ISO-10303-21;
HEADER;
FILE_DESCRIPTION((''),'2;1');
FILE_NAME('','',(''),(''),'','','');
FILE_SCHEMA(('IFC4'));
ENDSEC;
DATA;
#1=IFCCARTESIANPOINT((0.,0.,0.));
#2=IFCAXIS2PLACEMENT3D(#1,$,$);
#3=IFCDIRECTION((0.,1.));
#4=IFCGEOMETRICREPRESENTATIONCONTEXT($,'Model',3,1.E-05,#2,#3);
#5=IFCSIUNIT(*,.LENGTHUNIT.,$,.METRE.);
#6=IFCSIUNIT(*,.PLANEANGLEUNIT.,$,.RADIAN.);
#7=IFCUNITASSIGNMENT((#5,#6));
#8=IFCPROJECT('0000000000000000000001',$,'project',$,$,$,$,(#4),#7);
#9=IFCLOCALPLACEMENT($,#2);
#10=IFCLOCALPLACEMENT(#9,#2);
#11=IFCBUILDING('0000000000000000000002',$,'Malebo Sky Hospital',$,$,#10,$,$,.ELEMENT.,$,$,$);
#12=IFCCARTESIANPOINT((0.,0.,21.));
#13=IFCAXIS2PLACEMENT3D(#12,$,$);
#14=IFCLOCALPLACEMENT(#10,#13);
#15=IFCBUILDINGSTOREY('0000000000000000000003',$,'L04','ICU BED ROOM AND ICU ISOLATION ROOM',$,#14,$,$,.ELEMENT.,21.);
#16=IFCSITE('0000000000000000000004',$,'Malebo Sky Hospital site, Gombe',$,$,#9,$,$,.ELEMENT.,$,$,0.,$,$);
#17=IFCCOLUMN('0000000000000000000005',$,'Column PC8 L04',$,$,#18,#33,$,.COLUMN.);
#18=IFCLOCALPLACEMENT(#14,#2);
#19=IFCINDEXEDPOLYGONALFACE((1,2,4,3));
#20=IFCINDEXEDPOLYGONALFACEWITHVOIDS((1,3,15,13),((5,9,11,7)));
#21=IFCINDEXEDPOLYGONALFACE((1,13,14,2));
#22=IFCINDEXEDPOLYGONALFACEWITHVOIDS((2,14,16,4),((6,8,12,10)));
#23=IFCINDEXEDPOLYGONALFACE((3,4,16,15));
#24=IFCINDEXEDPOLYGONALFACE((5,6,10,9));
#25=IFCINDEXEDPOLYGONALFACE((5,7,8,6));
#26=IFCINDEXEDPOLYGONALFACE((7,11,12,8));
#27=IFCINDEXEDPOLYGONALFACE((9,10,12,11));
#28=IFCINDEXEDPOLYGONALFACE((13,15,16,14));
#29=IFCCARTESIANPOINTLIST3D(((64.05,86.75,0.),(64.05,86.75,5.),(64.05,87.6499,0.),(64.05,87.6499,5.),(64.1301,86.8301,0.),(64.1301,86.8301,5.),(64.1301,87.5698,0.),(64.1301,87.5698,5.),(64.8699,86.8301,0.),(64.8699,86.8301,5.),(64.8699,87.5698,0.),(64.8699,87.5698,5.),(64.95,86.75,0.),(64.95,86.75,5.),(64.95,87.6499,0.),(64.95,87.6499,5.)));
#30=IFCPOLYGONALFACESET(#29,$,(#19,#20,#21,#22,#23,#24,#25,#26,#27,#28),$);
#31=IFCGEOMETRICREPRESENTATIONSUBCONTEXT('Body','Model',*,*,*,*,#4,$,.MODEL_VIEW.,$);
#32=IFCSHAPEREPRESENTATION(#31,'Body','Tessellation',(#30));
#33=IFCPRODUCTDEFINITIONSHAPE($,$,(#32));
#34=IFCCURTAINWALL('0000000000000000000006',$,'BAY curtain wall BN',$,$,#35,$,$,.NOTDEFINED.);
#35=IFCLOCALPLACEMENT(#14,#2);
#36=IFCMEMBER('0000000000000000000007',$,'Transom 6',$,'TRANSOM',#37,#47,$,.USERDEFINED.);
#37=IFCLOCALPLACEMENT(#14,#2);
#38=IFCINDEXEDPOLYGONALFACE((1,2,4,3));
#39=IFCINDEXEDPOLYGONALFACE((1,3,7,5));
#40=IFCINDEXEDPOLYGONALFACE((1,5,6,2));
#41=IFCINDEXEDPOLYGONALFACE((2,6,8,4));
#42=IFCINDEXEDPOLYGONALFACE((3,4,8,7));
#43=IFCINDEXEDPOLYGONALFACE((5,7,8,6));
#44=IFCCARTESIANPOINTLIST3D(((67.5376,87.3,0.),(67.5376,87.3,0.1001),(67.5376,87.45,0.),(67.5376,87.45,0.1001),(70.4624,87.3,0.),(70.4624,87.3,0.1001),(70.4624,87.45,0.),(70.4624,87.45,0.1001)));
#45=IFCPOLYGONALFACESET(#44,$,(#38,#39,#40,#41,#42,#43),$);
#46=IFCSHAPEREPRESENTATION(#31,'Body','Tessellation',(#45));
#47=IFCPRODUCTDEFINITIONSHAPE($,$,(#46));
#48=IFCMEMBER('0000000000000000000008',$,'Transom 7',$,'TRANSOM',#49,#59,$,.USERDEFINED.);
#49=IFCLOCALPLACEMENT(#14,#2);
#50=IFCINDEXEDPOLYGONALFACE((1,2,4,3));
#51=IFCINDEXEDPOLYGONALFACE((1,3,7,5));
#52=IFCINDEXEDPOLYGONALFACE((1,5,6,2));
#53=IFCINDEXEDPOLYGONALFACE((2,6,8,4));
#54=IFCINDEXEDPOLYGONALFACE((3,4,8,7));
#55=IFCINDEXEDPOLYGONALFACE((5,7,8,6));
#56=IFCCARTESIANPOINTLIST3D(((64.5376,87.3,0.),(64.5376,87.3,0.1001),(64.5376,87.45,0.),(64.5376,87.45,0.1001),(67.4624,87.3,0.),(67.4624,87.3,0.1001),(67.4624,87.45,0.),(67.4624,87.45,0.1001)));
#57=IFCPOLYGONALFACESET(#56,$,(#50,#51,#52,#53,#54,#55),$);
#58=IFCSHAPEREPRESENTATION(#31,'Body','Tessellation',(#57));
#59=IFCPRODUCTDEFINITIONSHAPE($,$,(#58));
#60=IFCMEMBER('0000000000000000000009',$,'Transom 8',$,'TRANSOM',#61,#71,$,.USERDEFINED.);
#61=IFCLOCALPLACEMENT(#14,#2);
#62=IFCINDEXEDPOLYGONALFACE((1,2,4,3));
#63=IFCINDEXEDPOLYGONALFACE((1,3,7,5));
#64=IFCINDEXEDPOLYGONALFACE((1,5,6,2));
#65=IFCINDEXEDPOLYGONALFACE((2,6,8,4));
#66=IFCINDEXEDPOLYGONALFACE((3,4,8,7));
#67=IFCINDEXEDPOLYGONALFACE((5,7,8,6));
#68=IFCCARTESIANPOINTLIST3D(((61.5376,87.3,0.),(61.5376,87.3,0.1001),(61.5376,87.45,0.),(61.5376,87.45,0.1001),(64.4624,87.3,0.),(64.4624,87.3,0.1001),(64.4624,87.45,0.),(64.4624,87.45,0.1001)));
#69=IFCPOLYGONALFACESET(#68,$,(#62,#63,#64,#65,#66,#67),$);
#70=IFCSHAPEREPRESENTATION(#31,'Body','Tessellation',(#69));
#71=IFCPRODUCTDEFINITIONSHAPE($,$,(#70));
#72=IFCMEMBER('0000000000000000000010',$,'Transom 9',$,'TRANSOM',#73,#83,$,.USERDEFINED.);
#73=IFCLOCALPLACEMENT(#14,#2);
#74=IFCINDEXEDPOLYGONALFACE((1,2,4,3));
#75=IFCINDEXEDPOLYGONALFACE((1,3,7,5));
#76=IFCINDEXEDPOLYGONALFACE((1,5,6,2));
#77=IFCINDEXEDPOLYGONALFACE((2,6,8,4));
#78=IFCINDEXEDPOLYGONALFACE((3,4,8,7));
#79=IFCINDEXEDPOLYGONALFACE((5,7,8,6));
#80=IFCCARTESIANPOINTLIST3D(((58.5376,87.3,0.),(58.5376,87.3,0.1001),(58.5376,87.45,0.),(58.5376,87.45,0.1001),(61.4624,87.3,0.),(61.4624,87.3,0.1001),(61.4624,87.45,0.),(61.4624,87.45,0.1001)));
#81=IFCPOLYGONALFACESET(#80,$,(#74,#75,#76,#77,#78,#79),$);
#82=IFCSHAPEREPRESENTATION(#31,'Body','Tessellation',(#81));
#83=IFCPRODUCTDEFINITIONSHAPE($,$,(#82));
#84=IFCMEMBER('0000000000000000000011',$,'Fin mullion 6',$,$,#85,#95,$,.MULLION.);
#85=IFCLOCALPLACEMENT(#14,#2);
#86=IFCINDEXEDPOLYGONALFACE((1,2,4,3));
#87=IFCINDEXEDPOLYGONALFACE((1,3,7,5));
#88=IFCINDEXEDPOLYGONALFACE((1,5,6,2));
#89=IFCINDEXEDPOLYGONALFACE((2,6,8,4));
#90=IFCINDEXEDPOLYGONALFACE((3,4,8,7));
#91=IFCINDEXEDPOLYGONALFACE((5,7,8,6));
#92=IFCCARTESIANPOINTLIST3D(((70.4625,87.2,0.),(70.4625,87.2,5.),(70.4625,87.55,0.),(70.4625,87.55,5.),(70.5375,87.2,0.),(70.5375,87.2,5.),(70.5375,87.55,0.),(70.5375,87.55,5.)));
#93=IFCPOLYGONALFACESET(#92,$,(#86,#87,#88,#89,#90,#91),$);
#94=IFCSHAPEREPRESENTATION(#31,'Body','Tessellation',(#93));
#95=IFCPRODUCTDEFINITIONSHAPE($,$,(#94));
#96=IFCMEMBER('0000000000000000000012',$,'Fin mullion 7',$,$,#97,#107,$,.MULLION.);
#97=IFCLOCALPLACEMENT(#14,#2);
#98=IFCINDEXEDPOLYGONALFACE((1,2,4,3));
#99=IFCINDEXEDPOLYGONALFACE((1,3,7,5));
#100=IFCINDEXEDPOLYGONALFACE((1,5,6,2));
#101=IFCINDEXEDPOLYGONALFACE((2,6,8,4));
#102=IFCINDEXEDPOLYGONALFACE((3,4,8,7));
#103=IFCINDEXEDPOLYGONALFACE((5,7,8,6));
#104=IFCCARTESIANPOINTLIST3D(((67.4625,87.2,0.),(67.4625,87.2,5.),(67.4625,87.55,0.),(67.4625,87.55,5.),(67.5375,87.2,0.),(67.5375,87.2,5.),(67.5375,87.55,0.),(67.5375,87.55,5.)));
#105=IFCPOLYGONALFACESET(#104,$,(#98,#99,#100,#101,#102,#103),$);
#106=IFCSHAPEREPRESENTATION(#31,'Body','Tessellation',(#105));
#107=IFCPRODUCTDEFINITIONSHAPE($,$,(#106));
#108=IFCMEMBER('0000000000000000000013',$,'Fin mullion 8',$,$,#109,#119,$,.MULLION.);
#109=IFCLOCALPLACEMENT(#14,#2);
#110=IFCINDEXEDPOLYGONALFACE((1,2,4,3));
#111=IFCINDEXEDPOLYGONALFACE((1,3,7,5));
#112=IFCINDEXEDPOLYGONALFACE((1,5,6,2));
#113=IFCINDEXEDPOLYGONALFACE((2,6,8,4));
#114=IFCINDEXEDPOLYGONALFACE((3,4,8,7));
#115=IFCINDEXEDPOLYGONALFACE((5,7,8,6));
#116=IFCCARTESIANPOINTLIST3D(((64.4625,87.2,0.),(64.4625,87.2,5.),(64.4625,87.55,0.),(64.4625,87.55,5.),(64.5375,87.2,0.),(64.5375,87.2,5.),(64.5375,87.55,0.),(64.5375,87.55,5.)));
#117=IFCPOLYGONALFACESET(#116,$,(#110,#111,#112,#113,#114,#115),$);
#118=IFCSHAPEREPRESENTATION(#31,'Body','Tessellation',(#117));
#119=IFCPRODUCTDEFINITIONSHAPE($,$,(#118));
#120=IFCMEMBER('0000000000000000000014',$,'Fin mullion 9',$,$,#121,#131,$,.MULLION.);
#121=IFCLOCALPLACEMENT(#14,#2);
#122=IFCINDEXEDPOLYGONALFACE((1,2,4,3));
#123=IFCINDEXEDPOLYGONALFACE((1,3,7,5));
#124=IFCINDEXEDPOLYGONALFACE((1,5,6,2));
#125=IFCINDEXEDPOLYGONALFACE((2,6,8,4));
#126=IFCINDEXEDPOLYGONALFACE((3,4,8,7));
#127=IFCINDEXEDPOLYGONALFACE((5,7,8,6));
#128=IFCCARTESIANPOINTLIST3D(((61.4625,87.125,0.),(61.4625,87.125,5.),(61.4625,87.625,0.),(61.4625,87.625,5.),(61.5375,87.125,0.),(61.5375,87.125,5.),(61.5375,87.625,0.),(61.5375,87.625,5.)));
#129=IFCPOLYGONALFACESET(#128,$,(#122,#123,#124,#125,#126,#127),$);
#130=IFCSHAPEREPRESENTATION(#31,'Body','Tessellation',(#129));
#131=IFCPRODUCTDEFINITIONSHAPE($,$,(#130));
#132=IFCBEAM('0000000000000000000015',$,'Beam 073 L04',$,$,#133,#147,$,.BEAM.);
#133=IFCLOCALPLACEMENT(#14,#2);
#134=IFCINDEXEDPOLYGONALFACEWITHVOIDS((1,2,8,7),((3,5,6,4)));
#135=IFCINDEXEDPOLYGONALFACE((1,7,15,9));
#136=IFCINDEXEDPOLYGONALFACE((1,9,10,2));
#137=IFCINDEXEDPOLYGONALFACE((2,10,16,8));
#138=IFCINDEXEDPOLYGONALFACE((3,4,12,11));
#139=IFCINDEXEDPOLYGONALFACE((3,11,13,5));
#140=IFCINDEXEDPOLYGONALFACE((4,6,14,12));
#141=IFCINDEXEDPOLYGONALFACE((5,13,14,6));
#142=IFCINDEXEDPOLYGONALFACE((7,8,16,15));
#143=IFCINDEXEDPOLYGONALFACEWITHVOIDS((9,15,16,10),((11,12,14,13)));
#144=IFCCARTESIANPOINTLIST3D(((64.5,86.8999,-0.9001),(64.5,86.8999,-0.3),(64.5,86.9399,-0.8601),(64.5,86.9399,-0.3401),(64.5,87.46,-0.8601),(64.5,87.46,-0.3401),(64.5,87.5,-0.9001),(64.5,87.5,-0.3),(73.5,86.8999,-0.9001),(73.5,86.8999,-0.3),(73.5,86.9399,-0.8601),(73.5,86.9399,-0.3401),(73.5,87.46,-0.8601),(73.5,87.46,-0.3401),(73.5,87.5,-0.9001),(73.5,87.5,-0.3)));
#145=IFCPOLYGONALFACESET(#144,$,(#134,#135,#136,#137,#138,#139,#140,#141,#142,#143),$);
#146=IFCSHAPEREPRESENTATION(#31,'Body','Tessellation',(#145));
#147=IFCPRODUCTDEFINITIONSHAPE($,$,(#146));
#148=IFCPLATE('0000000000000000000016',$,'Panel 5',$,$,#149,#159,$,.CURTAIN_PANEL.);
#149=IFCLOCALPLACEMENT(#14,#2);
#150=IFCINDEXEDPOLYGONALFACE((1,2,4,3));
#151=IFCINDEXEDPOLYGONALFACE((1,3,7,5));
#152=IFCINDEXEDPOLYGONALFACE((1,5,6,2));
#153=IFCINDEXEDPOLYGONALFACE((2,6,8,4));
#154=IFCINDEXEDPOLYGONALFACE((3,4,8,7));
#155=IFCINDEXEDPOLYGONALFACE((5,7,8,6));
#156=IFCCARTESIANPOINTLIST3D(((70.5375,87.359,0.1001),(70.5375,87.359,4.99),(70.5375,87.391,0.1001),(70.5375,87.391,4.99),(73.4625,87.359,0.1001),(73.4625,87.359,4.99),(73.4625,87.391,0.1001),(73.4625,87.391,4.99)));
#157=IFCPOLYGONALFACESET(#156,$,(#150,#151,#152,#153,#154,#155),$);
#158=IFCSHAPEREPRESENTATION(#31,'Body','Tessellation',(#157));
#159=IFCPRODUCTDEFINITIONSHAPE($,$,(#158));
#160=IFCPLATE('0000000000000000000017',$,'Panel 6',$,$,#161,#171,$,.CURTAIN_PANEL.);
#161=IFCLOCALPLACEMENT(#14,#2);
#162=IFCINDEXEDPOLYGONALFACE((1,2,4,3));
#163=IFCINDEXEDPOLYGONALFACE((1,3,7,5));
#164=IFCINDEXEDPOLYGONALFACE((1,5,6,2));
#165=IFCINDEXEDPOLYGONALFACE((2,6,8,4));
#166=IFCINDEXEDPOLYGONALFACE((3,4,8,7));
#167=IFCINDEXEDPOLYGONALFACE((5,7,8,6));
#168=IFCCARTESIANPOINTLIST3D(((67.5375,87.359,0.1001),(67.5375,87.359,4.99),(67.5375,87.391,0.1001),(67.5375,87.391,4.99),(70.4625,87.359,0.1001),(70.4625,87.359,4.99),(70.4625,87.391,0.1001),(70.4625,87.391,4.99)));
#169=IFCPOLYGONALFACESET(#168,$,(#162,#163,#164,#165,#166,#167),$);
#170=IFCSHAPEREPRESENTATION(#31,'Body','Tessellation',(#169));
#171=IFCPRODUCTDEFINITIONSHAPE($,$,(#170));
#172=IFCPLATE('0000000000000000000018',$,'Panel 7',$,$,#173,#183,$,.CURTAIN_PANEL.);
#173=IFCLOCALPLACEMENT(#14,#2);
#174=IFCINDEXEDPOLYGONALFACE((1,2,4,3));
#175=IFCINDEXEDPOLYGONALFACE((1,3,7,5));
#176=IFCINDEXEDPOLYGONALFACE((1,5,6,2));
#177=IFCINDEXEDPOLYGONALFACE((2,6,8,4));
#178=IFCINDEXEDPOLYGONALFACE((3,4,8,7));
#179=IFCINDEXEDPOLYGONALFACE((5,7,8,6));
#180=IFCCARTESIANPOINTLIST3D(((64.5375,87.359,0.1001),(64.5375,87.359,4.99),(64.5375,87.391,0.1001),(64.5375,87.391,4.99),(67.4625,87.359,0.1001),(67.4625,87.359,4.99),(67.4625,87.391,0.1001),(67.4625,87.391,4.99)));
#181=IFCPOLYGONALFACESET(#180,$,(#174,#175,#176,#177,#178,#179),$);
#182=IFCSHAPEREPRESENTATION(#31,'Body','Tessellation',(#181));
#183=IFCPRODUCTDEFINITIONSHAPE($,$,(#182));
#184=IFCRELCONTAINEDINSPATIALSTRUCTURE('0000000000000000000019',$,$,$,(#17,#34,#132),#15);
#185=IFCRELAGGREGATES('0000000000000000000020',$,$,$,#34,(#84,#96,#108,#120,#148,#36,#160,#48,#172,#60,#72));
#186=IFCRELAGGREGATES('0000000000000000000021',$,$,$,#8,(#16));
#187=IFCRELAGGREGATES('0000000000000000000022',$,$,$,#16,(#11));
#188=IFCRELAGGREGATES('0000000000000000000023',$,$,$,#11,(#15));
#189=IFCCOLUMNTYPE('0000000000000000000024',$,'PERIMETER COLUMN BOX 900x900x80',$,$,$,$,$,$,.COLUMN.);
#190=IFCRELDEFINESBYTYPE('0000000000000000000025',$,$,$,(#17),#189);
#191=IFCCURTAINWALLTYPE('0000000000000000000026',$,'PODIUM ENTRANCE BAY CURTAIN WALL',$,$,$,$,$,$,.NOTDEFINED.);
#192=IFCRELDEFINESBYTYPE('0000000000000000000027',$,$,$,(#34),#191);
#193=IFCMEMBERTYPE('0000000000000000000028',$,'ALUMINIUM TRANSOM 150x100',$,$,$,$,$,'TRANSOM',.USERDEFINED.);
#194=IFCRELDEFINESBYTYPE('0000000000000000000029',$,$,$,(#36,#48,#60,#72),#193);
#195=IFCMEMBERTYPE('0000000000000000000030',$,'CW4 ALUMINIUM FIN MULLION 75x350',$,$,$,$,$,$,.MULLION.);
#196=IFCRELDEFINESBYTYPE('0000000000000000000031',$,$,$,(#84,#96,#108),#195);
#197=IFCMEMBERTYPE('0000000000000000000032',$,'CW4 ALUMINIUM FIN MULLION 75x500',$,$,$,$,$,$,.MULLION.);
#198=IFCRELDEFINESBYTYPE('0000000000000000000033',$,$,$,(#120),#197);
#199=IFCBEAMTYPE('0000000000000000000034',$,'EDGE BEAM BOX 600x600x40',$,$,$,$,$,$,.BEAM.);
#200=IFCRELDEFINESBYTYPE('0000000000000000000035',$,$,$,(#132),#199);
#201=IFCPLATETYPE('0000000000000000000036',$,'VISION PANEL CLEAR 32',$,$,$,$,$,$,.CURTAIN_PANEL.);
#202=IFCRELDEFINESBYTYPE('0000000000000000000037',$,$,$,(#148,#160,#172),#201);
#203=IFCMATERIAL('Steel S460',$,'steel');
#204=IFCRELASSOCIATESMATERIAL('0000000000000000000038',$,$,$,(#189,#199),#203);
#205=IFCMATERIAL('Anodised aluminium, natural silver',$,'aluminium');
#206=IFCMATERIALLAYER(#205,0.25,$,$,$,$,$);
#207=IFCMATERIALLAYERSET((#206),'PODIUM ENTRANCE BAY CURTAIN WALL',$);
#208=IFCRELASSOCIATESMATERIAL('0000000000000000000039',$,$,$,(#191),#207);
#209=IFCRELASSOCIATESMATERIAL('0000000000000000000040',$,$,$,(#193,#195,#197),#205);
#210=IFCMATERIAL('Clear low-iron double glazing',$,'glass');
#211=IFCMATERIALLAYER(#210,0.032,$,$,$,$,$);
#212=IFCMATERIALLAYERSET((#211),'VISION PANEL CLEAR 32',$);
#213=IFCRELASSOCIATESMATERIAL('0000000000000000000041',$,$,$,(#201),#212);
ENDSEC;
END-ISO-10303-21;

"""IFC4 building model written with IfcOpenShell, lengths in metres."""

from ifc_helpers import new_model, si_unit, direction, frame, origin, origin_2d, place, context, subcontext, project, spatial, rectangle, hollow_rectangle, extrude, material, layer, layer_set, material_profile, profile_set, type_object, element, aggregate, save


model = new_model("IFC4")

# Units and contexts
model_context = context("Model", 3, precision=1e-05, world=origin(), true_north=direction((0.0, 1.0)))
body_context = subcontext(model_context, "Body", "Model", "MODEL_VIEW")
ifc_project = project(units=[si_unit("LENGTHUNIT", "METRE"), si_unit("PLANEANGLEUNIT", "RADIAN")], contexts=[model_context])

# Site, building, storey
site_placement = place(None, origin())
site = spatial("IfcSite", under=ifc_project, at=site_placement, Name="Malebo Sky Hospital site, Gombe", CompositionType="ELEMENT", RefElevation=0.0)
building_placement = place(site_placement, origin())
building = spatial("IfcBuilding", under=site, at=building_placement, Name="Malebo Sky Hospital", CompositionType="ELEMENT")
storey_placement = place(building_placement, frame((0.0, 0.0, 21.0)))
storey = spatial("IfcBuildingStorey", under=building, at=storey_placement, Name="L04", Description="ICU BED ROOM AND ICU ISOLATION ROOM", CompositionType="ELEMENT", Elevation=21.0)

# Column
ifc_material_1 = material(Name="Steel S460", Category="steel")
ifc_material_profile_1 = material_profile(ifc_material_1, hollow_rectangle(XDim=0.8999, YDim=0.8999, WallThickness=0.0801, at=origin_2d()), Name="BOX 900x900x80")
ifc_profile_set_1 = profile_set([ifc_material_profile_1], Name="Steel S460")
column_type = type_object("IfcColumnType", Name="PERIMETER COLUMN BOX 900x900x80", PredefinedType="COLUMN", material=ifc_profile_set_1)
column_placement = place(storey_placement, frame((64.5, 87.2, 0.0), z_axis=(0.0, 0.0, 1.0), x_axis=(1.0, 0.0, 0.0)))
element("IfcColumn", 1, at=column_placement, inside=storey, type_object=column_type, Name="Column PC8 L04", PredefinedType="COLUMN", context=body_context, shape_type="SweptSolid", body=[
    extrude(hollow_rectangle(XDim=0.8999, YDim=0.8999, WallThickness=0.0801, at=origin_2d()), origin(), (0.0, 0.0, 1.0), 5.0),
])

# Curtain wall, members
ifc_material_2 = material(Name="Anodised aluminium, natural silver", Category="aluminium")
ifc_layer_1 = layer(ifc_material_2, 0.25)
ifc_layer_set_1 = layer_set([ifc_layer_1], Name="PODIUM ENTRANCE BAY CURTAIN WALL")
curtain_wall_type = type_object("IfcCurtainWallType", Name="PODIUM ENTRANCE BAY CURTAIN WALL", PredefinedType="NOTDEFINED", material=ifc_layer_set_1)
curtain_wall_placement = place(storey_placement, origin())
curtain_wall = element("IfcCurtainWall", 2, at=curtain_wall_placement, inside=storey, type_object=curtain_wall_type, Name="BAY curtain wall BN", PredefinedType="NOTDEFINED")
ifc_material_profile_2 = material_profile(ifc_material_2, rectangle(XDim=0.1499, YDim=0.1001, at=origin_2d()), Name="ALUMINIUM TRANSOM 150x100")
ifc_profile_set_2 = profile_set([ifc_material_profile_2], Name="Anodised aluminium, natural silver")
member_type_1 = type_object("IfcMemberType", Name="ALUMINIUM TRANSOM 150x100", ElementType="TRANSOM", PredefinedType="USERDEFINED", material=ifc_profile_set_2)
member_1_placement = place(storey_placement, frame((70.4624, 87.375, 0.05), z_axis=(-1.0, 0.0, 0.0), x_axis=(0.0, -1.0, 0.0)))
member_1 = element("IfcMember", 3, at=member_1_placement, type_object=member_type_1, Name="Transom 6", ObjectType="TRANSOM", PredefinedType="USERDEFINED", context=body_context, shape_type="SweptSolid", body=[
    extrude(rectangle(XDim=0.1499, YDim=0.1001, at=origin_2d()), origin(), (0.0, 0.0, 1.0), 2.9248),
])
member_2_placement = place(storey_placement, frame((67.4624, 87.375, 0.05), z_axis=(-1.0, 0.0, 0.0), x_axis=(0.0, -1.0, 0.0)))
member_2 = element("IfcMember", 4, at=member_2_placement, type_object=member_type_1, Name="Transom 7", ObjectType="TRANSOM", PredefinedType="USERDEFINED", context=body_context, shape_type="SweptSolid", body=[
    extrude(rectangle(XDim=0.1499, YDim=0.1001, at=origin_2d()), origin(), (0.0, 0.0, 1.0), 2.9248),
])
member_3_placement = place(storey_placement, frame((64.4624, 87.375, 0.05), z_axis=(-1.0, 0.0, 0.0), x_axis=(0.0, -1.0, 0.0)))
member_3 = element("IfcMember", 5, at=member_3_placement, type_object=member_type_1, Name="Transom 8", ObjectType="TRANSOM", PredefinedType="USERDEFINED", context=body_context, shape_type="SweptSolid", body=[
    extrude(rectangle(XDim=0.1499, YDim=0.1001, at=origin_2d()), origin(), (0.0, 0.0, 1.0), 2.9248),
])
member_4_placement = place(storey_placement, frame((61.4624, 87.375, 0.05), z_axis=(-1.0, 0.0, 0.0), x_axis=(0.0, -1.0, 0.0)))
member_4 = element("IfcMember", 6, at=member_4_placement, type_object=member_type_1, Name="Transom 9", ObjectType="TRANSOM", PredefinedType="USERDEFINED", context=body_context, shape_type="SweptSolid", body=[
    extrude(rectangle(XDim=0.1499, YDim=0.1001, at=origin_2d()), origin(), (0.0, 0.0, 1.0), 2.9248),
])
ifc_material_profile_3 = material_profile(ifc_material_2, rectangle(XDim=0.075, YDim=0.3501, at=origin_2d()), Name="CW4 ALUMINIUM FIN MULLION 75x350")
ifc_profile_set_3 = profile_set([ifc_material_profile_3], Name="Anodised aluminium, natural silver")
member_type_2 = type_object("IfcMemberType", Name="CW4 ALUMINIUM FIN MULLION 75x350", PredefinedType="MULLION", material=ifc_profile_set_3)
member_5_placement = place(storey_placement, frame((70.5, 87.375, 0.0), z_axis=(0.0, 0.0, 1.0), x_axis=(-1.0, 0.0, 0.0)))
member_5 = element("IfcMember", 7, at=member_5_placement, type_object=member_type_2, Name="Fin mullion 6", PredefinedType="MULLION", context=body_context, shape_type="SweptSolid", body=[
    extrude(rectangle(XDim=0.075, YDim=0.3501, at=origin_2d()), origin(), (0.0, 0.0, 1.0), 5.0),
])
member_6_placement = place(storey_placement, frame((67.5, 87.375, 0.0), z_axis=(0.0, 0.0, 1.0), x_axis=(-1.0, 0.0, 0.0)))
member_6 = element("IfcMember", 8, at=member_6_placement, type_object=member_type_2, Name="Fin mullion 7", PredefinedType="MULLION", context=body_context, shape_type="SweptSolid", body=[
    extrude(rectangle(XDim=0.075, YDim=0.3501, at=origin_2d()), origin(), (0.0, 0.0, 1.0), 5.0),
])
member_7_placement = place(storey_placement, frame((64.5, 87.375, 0.0), z_axis=(0.0, 0.0, 1.0), x_axis=(-1.0, 0.0, 0.0)))
member_7 = element("IfcMember", 9, at=member_7_placement, type_object=member_type_2, Name="Fin mullion 8", PredefinedType="MULLION", context=body_context, shape_type="SweptSolid", body=[
    extrude(rectangle(XDim=0.075, YDim=0.3501, at=origin_2d()), origin(), (0.0, 0.0, 1.0), 5.0),
])
ifc_material_profile_4 = material_profile(ifc_material_2, rectangle(XDim=0.075, YDim=0.5, at=origin_2d()), Name="CW4 ALUMINIUM FIN MULLION 75x500")
ifc_profile_set_4 = profile_set([ifc_material_profile_4], Name="Anodised aluminium, natural silver")
member_type_3 = type_object("IfcMemberType", Name="CW4 ALUMINIUM FIN MULLION 75x500", PredefinedType="MULLION", material=ifc_profile_set_4)
member_8_placement = place(storey_placement, frame((61.5, 87.375, 0.0), z_axis=(0.0, 0.0, 1.0), x_axis=(-1.0, 0.0, 0.0)))
member_8 = element("IfcMember", 10, at=member_8_placement, type_object=member_type_3, Name="Fin mullion 9", PredefinedType="MULLION", context=body_context, shape_type="SweptSolid", body=[
    extrude(rectangle(XDim=0.075, YDim=0.5, at=origin_2d()), origin(), (0.0, 0.0, 1.0), 5.0),
])

# Beam
ifc_material_profile_5 = material_profile(ifc_material_1, hollow_rectangle(XDim=0.6001, YDim=0.6001, WallThickness=0.04, at=origin_2d()), Name="BOX 600x600x40")
ifc_profile_set_5 = profile_set([ifc_material_profile_5], Name="Steel S460")
beam_type = type_object("IfcBeamType", Name="EDGE BEAM BOX 600x600x40", PredefinedType="BEAM", material=ifc_profile_set_5)
beam_placement = place(storey_placement, frame((64.5, 87.2, -0.6001), z_axis=(1.0, 0.0, 0.0), x_axis=(0.0, 1.0, 0.0)))
element("IfcBeam", 11, at=beam_placement, inside=storey, type_object=beam_type, Name="Beam 073 L04", PredefinedType="BEAM", context=body_context, shape_type="SweptSolid", body=[
    extrude(hollow_rectangle(XDim=0.6001, YDim=0.6001, WallThickness=0.04, at=origin_2d()), origin(), (0.0, 0.0, 1.0), 9.0),
])

# Plates
ifc_material_3 = material(Name="Clear low-iron double glazing", Category="glass")
ifc_layer_2 = layer(ifc_material_3, 0.032)
ifc_layer_set_2 = layer_set([ifc_layer_2], Name="VISION PANEL CLEAR 32")
plate_type = type_object("IfcPlateType", Name="VISION PANEL CLEAR 32", PredefinedType="CURTAIN_PANEL", material=ifc_layer_set_2)
plate_1_placement = place(storey_placement, frame((72.0, 87.375, 0.1001), z_axis=(0.0, 0.0, 1.0), x_axis=(-1.0, 0.0, 0.0)))
plate_1 = element("IfcPlate", 12, at=plate_1_placement, type_object=plate_type, Name="Panel 5", PredefinedType="CURTAIN_PANEL", context=body_context, shape_type="SweptSolid", body=[
    extrude(rectangle(XDim=2.925, YDim=0.032, at=origin_2d()), origin(), (0.0, 0.0, 1.0), 4.8899),
])
plate_2_placement = place(storey_placement, frame((69.0, 87.375, 0.1001), z_axis=(0.0, 0.0, 1.0), x_axis=(-1.0, 0.0, 0.0)))
plate_2 = element("IfcPlate", 13, at=plate_2_placement, type_object=plate_type, Name="Panel 6", PredefinedType="CURTAIN_PANEL", context=body_context, shape_type="SweptSolid", body=[
    extrude(rectangle(XDim=2.925, YDim=0.032, at=origin_2d()), origin(), (0.0, 0.0, 1.0), 4.8899),
])
plate_3_placement = place(storey_placement, frame((66.0, 87.375, 0.1001), z_axis=(0.0, 0.0, 1.0), x_axis=(-1.0, 0.0, 0.0)))
plate_3 = element("IfcPlate", 14, at=plate_3_placement, type_object=plate_type, Name="Panel 7", PredefinedType="CURTAIN_PANEL", context=body_context, shape_type="SweptSolid", body=[
    extrude(rectangle(XDim=2.925, YDim=0.032, at=origin_2d()), origin(), (0.0, 0.0, 1.0), 4.8899),
])
aggregate(curtain_wall, [member_5, member_6, member_7, member_8, plate_1, member_1, plate_2, member_2, plate_3, member_3, member_4])

save(model, "model.ifc")
